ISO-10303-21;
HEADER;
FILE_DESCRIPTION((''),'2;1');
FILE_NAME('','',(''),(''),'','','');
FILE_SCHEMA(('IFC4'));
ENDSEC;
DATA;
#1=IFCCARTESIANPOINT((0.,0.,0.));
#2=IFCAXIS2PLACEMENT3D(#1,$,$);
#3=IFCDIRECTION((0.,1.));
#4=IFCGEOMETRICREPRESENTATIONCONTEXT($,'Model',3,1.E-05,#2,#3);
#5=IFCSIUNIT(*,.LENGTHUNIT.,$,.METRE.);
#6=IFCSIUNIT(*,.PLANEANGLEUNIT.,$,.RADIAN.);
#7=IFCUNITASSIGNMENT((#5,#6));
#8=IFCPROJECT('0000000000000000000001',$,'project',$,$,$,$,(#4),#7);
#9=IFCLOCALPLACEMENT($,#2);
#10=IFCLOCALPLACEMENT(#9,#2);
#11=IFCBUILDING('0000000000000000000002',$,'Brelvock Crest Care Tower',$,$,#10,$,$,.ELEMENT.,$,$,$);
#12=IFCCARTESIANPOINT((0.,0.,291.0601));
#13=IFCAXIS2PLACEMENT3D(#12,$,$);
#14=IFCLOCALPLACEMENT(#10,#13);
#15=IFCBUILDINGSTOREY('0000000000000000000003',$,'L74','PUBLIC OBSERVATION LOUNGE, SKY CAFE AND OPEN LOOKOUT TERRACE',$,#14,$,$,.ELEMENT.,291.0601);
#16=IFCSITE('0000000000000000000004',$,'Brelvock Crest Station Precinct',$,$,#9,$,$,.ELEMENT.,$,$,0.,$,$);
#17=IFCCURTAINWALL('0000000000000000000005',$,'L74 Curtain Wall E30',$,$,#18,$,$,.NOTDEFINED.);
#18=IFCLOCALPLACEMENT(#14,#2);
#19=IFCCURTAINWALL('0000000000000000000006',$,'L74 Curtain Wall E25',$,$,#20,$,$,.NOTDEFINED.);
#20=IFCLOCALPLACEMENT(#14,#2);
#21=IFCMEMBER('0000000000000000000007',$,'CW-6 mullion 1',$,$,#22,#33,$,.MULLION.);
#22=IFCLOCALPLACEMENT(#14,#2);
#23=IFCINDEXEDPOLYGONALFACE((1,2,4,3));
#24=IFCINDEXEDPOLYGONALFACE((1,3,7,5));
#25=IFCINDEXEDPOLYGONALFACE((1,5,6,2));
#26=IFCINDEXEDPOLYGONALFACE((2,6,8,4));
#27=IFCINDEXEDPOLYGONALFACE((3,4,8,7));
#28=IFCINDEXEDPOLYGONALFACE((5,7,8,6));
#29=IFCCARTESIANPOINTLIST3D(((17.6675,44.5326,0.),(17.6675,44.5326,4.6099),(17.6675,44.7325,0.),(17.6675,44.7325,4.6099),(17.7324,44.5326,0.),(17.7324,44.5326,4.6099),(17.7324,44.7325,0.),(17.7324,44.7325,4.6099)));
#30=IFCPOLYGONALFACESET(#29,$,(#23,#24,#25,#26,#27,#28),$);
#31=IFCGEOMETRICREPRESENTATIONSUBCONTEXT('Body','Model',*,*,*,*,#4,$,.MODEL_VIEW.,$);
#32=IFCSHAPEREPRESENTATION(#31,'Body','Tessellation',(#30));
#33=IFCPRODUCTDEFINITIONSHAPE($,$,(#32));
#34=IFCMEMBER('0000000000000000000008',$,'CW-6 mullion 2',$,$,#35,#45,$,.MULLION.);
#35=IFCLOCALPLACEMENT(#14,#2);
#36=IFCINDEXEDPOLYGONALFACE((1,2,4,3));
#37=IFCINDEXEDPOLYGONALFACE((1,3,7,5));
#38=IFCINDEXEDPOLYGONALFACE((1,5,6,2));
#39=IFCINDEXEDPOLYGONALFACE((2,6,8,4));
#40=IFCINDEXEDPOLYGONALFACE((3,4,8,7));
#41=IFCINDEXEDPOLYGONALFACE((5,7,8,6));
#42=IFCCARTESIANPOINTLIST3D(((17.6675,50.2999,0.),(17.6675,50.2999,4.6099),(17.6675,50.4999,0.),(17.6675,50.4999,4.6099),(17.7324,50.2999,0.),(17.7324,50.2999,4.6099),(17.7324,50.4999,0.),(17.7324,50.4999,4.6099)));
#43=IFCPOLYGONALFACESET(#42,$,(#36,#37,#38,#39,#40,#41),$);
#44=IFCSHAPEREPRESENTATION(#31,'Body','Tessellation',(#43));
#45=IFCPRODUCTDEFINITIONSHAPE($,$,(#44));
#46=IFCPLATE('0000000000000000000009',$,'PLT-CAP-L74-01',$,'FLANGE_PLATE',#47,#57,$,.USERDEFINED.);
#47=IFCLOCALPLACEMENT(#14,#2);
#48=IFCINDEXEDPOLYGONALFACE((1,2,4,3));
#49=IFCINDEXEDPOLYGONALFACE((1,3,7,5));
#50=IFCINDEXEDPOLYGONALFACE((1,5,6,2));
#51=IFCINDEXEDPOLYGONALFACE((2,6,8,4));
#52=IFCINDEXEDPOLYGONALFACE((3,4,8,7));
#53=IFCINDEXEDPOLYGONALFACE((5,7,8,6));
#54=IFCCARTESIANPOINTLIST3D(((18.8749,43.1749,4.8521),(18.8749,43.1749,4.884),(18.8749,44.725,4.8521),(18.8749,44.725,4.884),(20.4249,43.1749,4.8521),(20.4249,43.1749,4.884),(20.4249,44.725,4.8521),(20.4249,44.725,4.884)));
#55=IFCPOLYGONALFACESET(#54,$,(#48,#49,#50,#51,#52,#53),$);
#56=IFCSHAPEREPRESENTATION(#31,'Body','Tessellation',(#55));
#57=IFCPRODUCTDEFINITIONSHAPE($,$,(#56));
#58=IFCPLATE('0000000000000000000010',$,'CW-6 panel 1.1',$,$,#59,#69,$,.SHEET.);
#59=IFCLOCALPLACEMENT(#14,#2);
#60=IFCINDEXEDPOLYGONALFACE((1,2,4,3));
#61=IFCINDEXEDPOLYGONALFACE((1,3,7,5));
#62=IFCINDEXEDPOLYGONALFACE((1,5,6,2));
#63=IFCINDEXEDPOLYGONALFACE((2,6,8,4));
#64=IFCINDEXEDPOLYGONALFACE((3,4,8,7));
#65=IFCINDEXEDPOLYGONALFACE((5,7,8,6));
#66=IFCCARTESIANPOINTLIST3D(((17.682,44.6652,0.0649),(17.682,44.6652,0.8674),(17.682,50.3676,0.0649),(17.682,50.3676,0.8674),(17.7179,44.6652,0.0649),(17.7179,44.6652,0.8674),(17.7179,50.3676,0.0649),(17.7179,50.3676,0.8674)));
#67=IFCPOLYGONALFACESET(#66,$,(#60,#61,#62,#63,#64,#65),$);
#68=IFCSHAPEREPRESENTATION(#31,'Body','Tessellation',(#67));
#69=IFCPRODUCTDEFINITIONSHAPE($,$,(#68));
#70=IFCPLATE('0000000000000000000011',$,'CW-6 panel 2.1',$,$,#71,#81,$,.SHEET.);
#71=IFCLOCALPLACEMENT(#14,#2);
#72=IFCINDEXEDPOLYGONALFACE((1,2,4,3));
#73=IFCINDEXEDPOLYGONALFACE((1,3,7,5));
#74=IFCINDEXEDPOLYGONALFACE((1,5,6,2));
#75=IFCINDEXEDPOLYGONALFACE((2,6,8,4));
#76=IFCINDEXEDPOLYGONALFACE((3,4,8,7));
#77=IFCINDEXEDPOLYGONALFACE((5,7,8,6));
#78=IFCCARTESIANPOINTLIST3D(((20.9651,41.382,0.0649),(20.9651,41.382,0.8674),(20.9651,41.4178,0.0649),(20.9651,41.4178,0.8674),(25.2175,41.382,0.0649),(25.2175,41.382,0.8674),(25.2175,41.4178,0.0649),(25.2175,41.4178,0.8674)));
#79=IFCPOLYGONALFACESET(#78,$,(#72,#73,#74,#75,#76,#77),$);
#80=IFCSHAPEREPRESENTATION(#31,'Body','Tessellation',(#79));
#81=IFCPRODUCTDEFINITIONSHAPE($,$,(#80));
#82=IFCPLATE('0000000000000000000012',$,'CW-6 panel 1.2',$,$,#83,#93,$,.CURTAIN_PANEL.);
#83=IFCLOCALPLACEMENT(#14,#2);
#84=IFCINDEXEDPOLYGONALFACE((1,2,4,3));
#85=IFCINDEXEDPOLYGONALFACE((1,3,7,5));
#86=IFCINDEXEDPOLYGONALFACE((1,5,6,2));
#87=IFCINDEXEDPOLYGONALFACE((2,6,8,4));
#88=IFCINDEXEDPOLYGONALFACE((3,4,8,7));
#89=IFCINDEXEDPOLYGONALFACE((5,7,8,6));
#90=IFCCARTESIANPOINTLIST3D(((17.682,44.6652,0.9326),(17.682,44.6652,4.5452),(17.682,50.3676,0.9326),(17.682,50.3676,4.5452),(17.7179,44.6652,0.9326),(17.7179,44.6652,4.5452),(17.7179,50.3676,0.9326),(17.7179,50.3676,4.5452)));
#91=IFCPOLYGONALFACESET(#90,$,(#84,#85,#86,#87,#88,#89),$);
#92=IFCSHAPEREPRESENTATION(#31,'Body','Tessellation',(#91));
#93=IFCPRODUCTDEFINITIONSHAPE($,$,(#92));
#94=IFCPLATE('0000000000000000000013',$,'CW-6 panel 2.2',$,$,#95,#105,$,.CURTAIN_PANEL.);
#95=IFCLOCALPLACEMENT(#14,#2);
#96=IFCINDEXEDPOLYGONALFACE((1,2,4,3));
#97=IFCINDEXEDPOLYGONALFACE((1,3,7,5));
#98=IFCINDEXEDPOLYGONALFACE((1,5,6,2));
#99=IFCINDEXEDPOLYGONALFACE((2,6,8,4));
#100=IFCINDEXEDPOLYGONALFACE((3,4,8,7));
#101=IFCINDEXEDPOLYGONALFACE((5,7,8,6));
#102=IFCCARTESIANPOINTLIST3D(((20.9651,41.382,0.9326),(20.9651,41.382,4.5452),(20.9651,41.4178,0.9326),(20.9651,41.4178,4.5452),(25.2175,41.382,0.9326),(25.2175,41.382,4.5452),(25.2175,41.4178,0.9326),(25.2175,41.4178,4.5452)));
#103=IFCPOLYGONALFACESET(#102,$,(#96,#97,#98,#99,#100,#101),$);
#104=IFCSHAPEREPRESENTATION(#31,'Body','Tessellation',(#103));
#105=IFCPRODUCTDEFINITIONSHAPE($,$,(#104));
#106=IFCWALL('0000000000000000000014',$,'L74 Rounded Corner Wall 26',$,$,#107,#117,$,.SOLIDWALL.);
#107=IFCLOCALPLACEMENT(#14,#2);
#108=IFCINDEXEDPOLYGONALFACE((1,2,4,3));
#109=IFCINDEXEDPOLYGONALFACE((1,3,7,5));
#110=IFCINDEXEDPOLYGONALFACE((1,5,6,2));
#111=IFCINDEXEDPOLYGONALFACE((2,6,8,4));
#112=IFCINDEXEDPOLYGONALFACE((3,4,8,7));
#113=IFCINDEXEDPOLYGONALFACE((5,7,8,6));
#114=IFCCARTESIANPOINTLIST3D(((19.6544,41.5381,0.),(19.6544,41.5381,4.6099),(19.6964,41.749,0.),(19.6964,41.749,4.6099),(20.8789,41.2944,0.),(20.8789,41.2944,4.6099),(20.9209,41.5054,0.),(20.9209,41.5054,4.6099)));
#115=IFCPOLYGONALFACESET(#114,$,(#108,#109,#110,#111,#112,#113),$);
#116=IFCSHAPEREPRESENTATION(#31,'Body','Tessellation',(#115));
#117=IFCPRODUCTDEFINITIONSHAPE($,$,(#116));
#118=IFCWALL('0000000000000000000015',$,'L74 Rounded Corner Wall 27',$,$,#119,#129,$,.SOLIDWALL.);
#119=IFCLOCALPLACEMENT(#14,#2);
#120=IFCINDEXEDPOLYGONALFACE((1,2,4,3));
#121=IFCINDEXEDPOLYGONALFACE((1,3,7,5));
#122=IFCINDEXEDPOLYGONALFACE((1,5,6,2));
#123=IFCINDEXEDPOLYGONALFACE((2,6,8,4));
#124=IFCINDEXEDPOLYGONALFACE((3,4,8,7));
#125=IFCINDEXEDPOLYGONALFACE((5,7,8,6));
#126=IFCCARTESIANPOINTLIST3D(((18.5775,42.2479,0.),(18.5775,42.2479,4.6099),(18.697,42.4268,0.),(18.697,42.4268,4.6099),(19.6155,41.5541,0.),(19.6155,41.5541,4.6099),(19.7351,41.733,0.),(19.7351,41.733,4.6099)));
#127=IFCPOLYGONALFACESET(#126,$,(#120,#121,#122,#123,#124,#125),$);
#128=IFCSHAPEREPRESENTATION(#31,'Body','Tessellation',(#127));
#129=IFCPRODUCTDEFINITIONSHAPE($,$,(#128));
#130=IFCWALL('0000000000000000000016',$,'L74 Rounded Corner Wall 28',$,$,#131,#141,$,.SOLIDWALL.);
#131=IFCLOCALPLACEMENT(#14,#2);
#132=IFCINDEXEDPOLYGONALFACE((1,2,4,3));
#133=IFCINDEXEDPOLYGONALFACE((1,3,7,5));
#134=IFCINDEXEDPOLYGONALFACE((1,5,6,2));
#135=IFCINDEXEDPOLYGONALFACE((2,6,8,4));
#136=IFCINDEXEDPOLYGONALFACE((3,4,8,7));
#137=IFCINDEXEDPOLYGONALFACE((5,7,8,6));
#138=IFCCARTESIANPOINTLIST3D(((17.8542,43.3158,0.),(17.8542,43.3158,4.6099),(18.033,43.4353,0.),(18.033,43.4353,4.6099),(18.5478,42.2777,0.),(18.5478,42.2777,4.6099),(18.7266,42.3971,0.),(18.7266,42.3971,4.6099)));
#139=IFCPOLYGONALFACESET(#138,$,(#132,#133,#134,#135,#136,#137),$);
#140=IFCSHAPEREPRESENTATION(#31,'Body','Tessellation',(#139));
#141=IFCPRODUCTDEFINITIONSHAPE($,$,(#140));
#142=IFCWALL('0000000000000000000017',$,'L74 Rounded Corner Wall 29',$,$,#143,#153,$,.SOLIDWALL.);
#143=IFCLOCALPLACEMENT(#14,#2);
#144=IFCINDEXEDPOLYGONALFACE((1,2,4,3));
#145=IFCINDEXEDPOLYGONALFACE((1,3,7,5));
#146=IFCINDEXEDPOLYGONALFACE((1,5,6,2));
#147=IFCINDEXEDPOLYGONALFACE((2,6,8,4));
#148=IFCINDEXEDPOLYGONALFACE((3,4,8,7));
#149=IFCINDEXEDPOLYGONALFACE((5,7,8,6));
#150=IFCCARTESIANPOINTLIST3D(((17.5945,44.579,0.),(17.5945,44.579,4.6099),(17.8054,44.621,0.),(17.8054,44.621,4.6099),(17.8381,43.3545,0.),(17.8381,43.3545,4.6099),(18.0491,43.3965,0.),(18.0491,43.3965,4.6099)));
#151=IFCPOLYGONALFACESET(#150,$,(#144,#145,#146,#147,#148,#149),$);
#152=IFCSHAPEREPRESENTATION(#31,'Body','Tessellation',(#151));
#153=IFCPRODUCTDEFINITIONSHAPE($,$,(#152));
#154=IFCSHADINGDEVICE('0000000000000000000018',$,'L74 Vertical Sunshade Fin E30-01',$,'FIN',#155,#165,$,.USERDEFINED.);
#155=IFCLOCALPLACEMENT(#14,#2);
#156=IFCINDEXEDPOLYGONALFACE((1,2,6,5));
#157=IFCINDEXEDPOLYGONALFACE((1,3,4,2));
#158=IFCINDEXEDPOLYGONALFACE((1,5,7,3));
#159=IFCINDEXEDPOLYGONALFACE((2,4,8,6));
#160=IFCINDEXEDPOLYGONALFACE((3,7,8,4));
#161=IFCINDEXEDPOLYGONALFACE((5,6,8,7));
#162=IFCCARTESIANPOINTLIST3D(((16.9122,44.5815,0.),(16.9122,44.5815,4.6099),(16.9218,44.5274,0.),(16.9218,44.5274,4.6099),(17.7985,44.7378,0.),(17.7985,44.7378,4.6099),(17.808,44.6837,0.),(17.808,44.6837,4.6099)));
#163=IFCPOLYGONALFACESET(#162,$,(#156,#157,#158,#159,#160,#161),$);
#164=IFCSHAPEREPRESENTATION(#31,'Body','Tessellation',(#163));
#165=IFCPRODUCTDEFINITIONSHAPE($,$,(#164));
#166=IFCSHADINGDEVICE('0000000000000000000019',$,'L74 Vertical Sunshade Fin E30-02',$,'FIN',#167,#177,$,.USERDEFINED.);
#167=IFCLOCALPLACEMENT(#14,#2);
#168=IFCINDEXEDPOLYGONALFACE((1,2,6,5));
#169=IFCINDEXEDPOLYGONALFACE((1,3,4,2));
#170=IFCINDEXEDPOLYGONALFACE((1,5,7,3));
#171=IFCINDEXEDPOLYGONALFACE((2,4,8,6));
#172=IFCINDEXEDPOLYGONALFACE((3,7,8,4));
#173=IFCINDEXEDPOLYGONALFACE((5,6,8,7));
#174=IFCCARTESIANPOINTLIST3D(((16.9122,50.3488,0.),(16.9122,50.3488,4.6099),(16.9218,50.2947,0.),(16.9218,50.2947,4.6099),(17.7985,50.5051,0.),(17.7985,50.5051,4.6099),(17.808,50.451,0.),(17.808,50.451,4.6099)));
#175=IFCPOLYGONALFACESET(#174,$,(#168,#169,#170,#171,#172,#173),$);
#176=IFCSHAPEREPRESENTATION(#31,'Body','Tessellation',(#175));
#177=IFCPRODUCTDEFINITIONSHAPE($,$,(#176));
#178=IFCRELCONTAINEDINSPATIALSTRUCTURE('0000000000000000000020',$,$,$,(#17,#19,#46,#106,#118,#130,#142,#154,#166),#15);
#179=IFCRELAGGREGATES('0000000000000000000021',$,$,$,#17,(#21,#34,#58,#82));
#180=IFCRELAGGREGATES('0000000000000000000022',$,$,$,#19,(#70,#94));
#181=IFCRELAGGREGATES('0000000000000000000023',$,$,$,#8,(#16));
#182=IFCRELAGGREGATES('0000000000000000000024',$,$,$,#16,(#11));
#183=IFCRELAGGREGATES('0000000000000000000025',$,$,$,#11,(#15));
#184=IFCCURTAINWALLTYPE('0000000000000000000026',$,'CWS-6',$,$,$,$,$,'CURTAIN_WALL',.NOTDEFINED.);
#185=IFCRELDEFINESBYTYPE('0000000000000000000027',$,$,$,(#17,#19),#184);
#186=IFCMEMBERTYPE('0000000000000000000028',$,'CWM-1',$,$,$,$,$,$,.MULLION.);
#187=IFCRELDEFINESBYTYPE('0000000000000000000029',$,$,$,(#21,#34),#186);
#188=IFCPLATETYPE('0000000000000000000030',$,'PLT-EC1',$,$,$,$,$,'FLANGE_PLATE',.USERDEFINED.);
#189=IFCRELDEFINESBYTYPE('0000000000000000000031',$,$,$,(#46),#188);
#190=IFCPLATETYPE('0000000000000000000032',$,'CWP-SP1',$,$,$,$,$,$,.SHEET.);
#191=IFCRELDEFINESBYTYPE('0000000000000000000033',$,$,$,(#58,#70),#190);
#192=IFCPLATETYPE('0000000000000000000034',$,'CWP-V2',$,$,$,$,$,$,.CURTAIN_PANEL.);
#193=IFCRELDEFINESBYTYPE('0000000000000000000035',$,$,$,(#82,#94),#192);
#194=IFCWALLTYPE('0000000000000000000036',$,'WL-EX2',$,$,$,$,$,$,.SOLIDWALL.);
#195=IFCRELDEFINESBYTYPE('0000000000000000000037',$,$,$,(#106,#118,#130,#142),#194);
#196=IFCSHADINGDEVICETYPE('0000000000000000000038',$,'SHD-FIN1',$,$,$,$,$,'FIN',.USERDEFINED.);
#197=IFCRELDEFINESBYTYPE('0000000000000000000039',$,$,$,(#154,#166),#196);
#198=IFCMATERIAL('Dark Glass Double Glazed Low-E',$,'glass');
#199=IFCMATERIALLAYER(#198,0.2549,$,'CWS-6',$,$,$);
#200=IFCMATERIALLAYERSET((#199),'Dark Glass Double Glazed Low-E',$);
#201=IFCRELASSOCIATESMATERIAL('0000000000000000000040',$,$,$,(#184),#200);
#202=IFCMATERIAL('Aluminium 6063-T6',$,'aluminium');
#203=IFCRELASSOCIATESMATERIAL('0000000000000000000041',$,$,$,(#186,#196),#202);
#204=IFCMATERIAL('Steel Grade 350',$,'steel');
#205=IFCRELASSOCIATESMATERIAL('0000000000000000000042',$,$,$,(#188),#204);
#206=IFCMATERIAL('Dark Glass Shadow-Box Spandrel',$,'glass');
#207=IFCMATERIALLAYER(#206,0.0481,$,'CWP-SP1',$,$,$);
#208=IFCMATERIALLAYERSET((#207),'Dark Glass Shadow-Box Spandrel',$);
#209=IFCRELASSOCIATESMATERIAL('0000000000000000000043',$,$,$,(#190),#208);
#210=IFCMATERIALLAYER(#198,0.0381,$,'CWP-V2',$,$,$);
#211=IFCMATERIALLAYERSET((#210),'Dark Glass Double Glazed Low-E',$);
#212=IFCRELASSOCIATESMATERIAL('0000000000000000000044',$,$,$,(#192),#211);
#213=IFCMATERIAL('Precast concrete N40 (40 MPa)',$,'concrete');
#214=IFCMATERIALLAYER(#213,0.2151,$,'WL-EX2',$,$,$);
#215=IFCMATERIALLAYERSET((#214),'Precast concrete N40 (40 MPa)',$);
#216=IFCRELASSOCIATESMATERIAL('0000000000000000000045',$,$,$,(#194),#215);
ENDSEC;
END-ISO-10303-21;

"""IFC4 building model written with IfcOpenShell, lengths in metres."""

from ifc_helpers import new_model, si_unit, direction, frame, frame_2d, origin, origin_2d, place, context, subcontext, project, spatial, rectangle, extrude, source, transform, mapped, material, layer, layer_set, material_profile, profile_set, type_object, element, aggregate, save


model = new_model("IFC4")

# Units and contexts
model_context = context("Model", 3, precision=1e-05, world=origin(), true_north=direction((0.0, 1.0)))
body_context = subcontext(model_context, "Body", "Model", "MODEL_VIEW")
ifc_project = project(units=[si_unit("LENGTHUNIT", "METRE"), si_unit("PLANEANGLEUNIT", "RADIAN")], contexts=[model_context])

# Site, building, storey
site_placement = place(None, origin())
site = spatial("IfcSite", under=ifc_project, at=site_placement, Name="Brelvock Crest Station Precinct", CompositionType="ELEMENT", RefElevation=0.0)
building_placement = place(site_placement, origin())
building = spatial("IfcBuilding", under=site, at=building_placement, Name="Brelvock Crest Care Tower", CompositionType="ELEMENT")
storey_placement = place(building_placement, frame((0.0, 0.0, 291.0601)))
storey = spatial("IfcBuildingStorey", under=building, at=storey_placement, Name="L74", Description="PUBLIC OBSERVATION LOUNGE, SKY CAFE AND OPEN LOOKOUT TERRACE", CompositionType="ELEMENT", Elevation=291.0601)

# Shared definitions
ifc_material_1 = material(Name="Steel Grade 350", Category="steel")

# Curtain wall
ifc_material_2 = material(Name="Dark Glass Double Glazed Low-E", Category="glass")
ifc_layer_1 = layer(ifc_material_2, 0.2549, Name="CWS-6")
ifc_layer_set_1 = layer_set([ifc_layer_1], Name="Dark Glass Double Glazed Low-E")
curtain_wall_type = type_object("IfcCurtainWallType", Name="CWS-6", ElementType="CURTAIN_WALL", PredefinedType="NOTDEFINED", material=ifc_layer_set_1)
curtain_wall_1_placement = place(storey_placement, origin())
curtain_wall_1 = element("IfcCurtainWall", 1, at=curtain_wall_1_placement, inside=storey, type_object=curtain_wall_type, Name="L74 Curtain Wall E30", PredefinedType="NOTDEFINED")
ifc_material_3 = material(Name="Aluminium 6063-T6", Category="aluminium")

# Curtain wall
curtain_wall_2_placement = place(storey_placement, origin())
curtain_wall_2 = element("IfcCurtainWall", 2, at=curtain_wall_2_placement, inside=storey, type_object=curtain_wall_type, Name="L74 Curtain Wall E25", PredefinedType="NOTDEFINED")
ifc_material_profile_1 = material_profile(ifc_material_3, rectangle(XDim=0.0649, YDim=0.2, at=origin_2d()), Name="ALU65x200")
ifc_profile_set_1 = profile_set([ifc_material_profile_1], Name="Aluminium 6063-T6")
member_type_1 = type_object("IfcMemberType", Name="CWM-1", PredefinedType="MULLION", material=ifc_profile_set_1)
shared_shape_1 = source(origin(), body_context, "Body", "SweptSolid", [
    extrude(rectangle(XDim=0.0649, YDim=0.2, at=origin_2d()), origin(), (0.0, 0.0, 1.0), 4.6099),
])

# Members
member_1_placement = place(storey_placement, frame((17.7, 44.6326, 0.0), z_axis=(0.0, 0.0, 1.0), x_axis=(-1.0, 0.0, 0.0)))
member_1 = element("IfcMember", 3, at=member_1_placement, type_object=member_type_1, Name="CW-6 mullion 1", PredefinedType="MULLION", context=body_context, shape_type="MappedRepresentation", body=[
    mapped(shared_shape_1, transform((0.0, 0.0, 0.0), x_axis=(1.0, 0.0, 0.0), y_axis=(0.0, 1.0, 0.0), z_axis=(0.0, 0.0, 1.0), scale=1.0)),
])
member_2_placement = place(storey_placement, frame((17.7, 50.3999, 0.0), z_axis=(0.0, 0.0, 1.0), x_axis=(-1.0, 0.0, 0.0)))
member_2 = element("IfcMember", 4, at=member_2_placement, type_object=member_type_1, Name="CW-6 mullion 2", PredefinedType="MULLION", context=body_context, shape_type="MappedRepresentation", body=[
    mapped(shared_shape_1, transform((0.0, 0.0, 0.0), x_axis=(1.0, 0.0, 0.0), y_axis=(0.0, 1.0, 0.0), z_axis=(0.0, 0.0, 1.0), scale=1.0)),
])

# Plates
plate_type_1 = type_object("IfcPlateType", Name="PLT-EC1", ElementType="FLANGE_PLATE", PredefinedType="USERDEFINED", material=ifc_material_1)
shared_shape_2 = source(origin(), body_context, "Body", "SweptSolid", [
    extrude(rectangle(XDim=1.55, YDim=1.55, at=origin_2d()), origin(), (0.0, 0.0, 1.0), 0.032),
])
plate_1_placement = place(storey_placement, frame((19.6499, 43.95, 4.8521), z_axis=(0.0, 0.0, 1.0), x_axis=(1.0, 0.0, 0.0)))
element("IfcPlate", 5, at=plate_1_placement, inside=storey, type_object=plate_type_1, Name="PLT-CAP-L74-01", ObjectType="FLANGE_PLATE", PredefinedType="USERDEFINED", context=body_context, shape_type="MappedRepresentation", body=[
    mapped(shared_shape_2, transform((0.0, 0.0, 0.0), x_axis=(1.0, 0.0, 0.0), y_axis=(0.0, 1.0, 0.0), z_axis=(0.0, 0.0, 1.0), scale=1.0)),
])
ifc_material_4 = material(Name="Dark Glass Shadow-Box Spandrel", Category="glass")
ifc_layer_2 = layer(ifc_material_4, 0.0481, Name="CWP-SP1")
ifc_layer_set_2 = layer_set([ifc_layer_2], Name="Dark Glass Shadow-Box Spandrel")
plate_type_2 = type_object("IfcPlateType", Name="CWP-SP1", PredefinedType="SHEET", material=ifc_layer_set_2)
shared_shape_3 = source(origin(), body_context, "Body", "SweptSolid", [
    extrude(rectangle(XDim=5.7024, YDim=0.0359, at=origin_2d()), origin(), (0.0, 0.0, 1.0), 0.8025),
])
plate_2_placement = place(storey_placement, frame((17.7, 47.5164, 0.0649), z_axis=(0.0, 0.0, 1.0), x_axis=(0.0, 1.0, 0.0)))
plate_2 = element("IfcPlate", 6, at=plate_2_placement, type_object=plate_type_2, Name="CW-6 panel 1.1", PredefinedType="SHEET", context=body_context, shape_type="MappedRepresentation", body=[
    mapped(shared_shape_3, transform((0.0, 0.0, 0.0), x_axis=(1.0, 0.0, 0.0), y_axis=(0.0, 1.0, 0.0), z_axis=(0.0, 0.0, 1.0), scale=1.0)),
])
shared_shape_4 = source(origin(), body_context, "Body", "SweptSolid", [
    extrude(rectangle(XDim=4.2524, YDim=0.0359, at=origin_2d()), origin(), (0.0, 0.0, 1.0), 0.8025),
])
plate_3_placement = place(storey_placement, frame((23.0913, 41.3999, 0.0649), z_axis=(0.0, 0.0, 1.0), x_axis=(-1.0, 0.0, 0.0)))
plate_3 = element("IfcPlate", 7, at=plate_3_placement, type_object=plate_type_2, Name="CW-6 panel 2.1", PredefinedType="SHEET", context=body_context, shape_type="MappedRepresentation", body=[
    mapped(shared_shape_4, transform((0.0, 0.0, 0.0), x_axis=(1.0, 0.0, 0.0), y_axis=(0.0, 1.0, 0.0), z_axis=(0.0, 0.0, 1.0), scale=1.0)),
])
ifc_layer_3 = layer(ifc_material_2, 0.0381, Name="CWP-V2")
ifc_layer_set_3 = layer_set([ifc_layer_3], Name="Dark Glass Double Glazed Low-E")
plate_type_3 = type_object("IfcPlateType", Name="CWP-V2", PredefinedType="CURTAIN_PANEL", material=ifc_layer_set_3)
shared_shape_5 = source(origin(), body_context, "Body", "SweptSolid", [
    extrude(rectangle(XDim=5.7024, YDim=0.0359, at=origin_2d()), origin(), (0.0, 0.0, 1.0), 3.6125),
])
plate_4_placement = place(storey_placement, frame((17.7, 47.5164, 0.9326), z_axis=(0.0, 0.0, 1.0), x_axis=(0.0, 1.0, 0.0)))
plate_4 = element("IfcPlate", 8, at=plate_4_placement, type_object=plate_type_3, Name="CW-6 panel 1.2", PredefinedType="CURTAIN_PANEL", context=body_context, shape_type="MappedRepresentation", body=[
    mapped(shared_shape_5, transform((0.0, 0.0, 0.0), x_axis=(1.0, 0.0, 0.0), y_axis=(0.0, 1.0, 0.0), z_axis=(0.0, 0.0, 1.0), scale=1.0)),
])
aggregate(curtain_wall_1, [member_1, member_2, plate_2, plate_4])
shared_shape_6 = source(origin(), body_context, "Body", "SweptSolid", [
    extrude(rectangle(XDim=4.2524, YDim=0.0359, at=origin_2d()), origin(), (0.0, 0.0, 1.0), 3.6125),
])
plate_5_placement = place(storey_placement, frame((23.0913, 41.3999, 0.9326), z_axis=(0.0, 0.0, 1.0), x_axis=(-1.0, 0.0, 0.0)))
plate_5 = element("IfcPlate", 9, at=plate_5_placement, type_object=plate_type_3, Name="CW-6 panel 2.2", PredefinedType="CURTAIN_PANEL", context=body_context, shape_type="MappedRepresentation", body=[
    mapped(shared_shape_6, transform((0.0, 0.0, 0.0), x_axis=(1.0, 0.0, 0.0), y_axis=(0.0, 1.0, 0.0), z_axis=(0.0, 0.0, 1.0), scale=1.0)),
])
aggregate(curtain_wall_2, [plate_3, plate_5])

# Walls
ifc_material_5 = material(Name="Precast concrete N40 (40 MPa)", Category="concrete")
ifc_layer_4 = layer(ifc_material_5, 0.2151, Name="WL-EX2")
ifc_layer_set_4 = layer_set([ifc_layer_4], Name="Precast concrete N40 (40 MPa)")
wall_type = type_object("IfcWallType", Name="WL-EX2", PredefinedType="SOLIDWALL", material=ifc_layer_set_4)
for number, where, z_axis, x_axis, name in (
    (10, (20.8999, 41.3999, 0.0), (0.0, 0.0, 1.0), (-0.980776, 0.195138, 0.0), "L74 Rounded Corner Wall 26"),
    (11, (19.6753, 41.6436, 0.0), (0.0, 0.0, 1.0), (-0.831388, 0.555692, 0.0), "L74 Rounded Corner Wall 27"),
    (12, (18.6372, 42.3374, 0.0), (0.0, 0.0, 1.0), (-0.555557, 0.831478, 0.0), "L74 Rounded Corner Wall 28"),
    (13, (17.9436, 43.3755, 0.0), (0.0, 0.0, 1.0), (-0.195138, 0.980776, 0.0), "L74 Rounded Corner Wall 29"),
):
    element("IfcWall", number, at=place(storey_placement, frame(where, z_axis=z_axis, x_axis=x_axis)), inside=storey, type_object=wall_type, Name=name, PredefinedType="SOLIDWALL", context=body_context, shape_type="SweptSolid", body=[
        extrude(rectangle(XDim=1.2485, YDim=0.2151, at=frame_2d((0.6243, 0.0))), origin(), (0.0, 0.0, 1.0), 4.6099),
    ])

# Shading devices
ifc_material_profile_2 = material_profile(ifc_material_3, rectangle(XDim=0.0549, YDim=0.8999, at=origin_2d()), Name="FIN55x900")
ifc_profile_set_2 = profile_set([ifc_material_profile_2], Name="Aluminium 6063-T6")
shading_device_type = type_object("IfcShadingDeviceType", Name="SHD-FIN1", ElementType="FIN", PredefinedType="USERDEFINED", material=ifc_profile_set_2)
shared_shape_7 = source(origin(), body_context, "Body", "SweptSolid", [
    extrude(rectangle(XDim=0.0549, YDim=0.8999, at=origin_2d()), origin(), (0.0, 0.0, 1.0), 4.6099),
])
for number, where, z_axis, x_axis, name in (
    (14, (17.3601, 44.6326, 0.0), (0.0, 0.0, 1.0), (-0.173648, 0.984808, 0.0), "L74 Vertical Sunshade Fin E30-01"),
    (15, (17.3601, 50.3999, 0.0), (0.0, 0.0, 1.0), (-0.173648, 0.984808, 0.0), "L74 Vertical Sunshade Fin E30-02"),
):
    element("IfcShadingDevice", number, at=place(storey_placement, frame(where, z_axis=z_axis, x_axis=x_axis)), inside=storey, type_object=shading_device_type, Name=name, ObjectType="FIN", PredefinedType="USERDEFINED", context=body_context, shape_type="MappedRepresentation", body=[
        mapped(shared_shape_7, transform((0.0, 0.0, 0.0), x_axis=(1.0, 0.0, 0.0), y_axis=(0.0, 1.0, 0.0), z_axis=(0.0, 0.0, 1.0), scale=1.0)),
    ])

save(model, "model.ifc")
